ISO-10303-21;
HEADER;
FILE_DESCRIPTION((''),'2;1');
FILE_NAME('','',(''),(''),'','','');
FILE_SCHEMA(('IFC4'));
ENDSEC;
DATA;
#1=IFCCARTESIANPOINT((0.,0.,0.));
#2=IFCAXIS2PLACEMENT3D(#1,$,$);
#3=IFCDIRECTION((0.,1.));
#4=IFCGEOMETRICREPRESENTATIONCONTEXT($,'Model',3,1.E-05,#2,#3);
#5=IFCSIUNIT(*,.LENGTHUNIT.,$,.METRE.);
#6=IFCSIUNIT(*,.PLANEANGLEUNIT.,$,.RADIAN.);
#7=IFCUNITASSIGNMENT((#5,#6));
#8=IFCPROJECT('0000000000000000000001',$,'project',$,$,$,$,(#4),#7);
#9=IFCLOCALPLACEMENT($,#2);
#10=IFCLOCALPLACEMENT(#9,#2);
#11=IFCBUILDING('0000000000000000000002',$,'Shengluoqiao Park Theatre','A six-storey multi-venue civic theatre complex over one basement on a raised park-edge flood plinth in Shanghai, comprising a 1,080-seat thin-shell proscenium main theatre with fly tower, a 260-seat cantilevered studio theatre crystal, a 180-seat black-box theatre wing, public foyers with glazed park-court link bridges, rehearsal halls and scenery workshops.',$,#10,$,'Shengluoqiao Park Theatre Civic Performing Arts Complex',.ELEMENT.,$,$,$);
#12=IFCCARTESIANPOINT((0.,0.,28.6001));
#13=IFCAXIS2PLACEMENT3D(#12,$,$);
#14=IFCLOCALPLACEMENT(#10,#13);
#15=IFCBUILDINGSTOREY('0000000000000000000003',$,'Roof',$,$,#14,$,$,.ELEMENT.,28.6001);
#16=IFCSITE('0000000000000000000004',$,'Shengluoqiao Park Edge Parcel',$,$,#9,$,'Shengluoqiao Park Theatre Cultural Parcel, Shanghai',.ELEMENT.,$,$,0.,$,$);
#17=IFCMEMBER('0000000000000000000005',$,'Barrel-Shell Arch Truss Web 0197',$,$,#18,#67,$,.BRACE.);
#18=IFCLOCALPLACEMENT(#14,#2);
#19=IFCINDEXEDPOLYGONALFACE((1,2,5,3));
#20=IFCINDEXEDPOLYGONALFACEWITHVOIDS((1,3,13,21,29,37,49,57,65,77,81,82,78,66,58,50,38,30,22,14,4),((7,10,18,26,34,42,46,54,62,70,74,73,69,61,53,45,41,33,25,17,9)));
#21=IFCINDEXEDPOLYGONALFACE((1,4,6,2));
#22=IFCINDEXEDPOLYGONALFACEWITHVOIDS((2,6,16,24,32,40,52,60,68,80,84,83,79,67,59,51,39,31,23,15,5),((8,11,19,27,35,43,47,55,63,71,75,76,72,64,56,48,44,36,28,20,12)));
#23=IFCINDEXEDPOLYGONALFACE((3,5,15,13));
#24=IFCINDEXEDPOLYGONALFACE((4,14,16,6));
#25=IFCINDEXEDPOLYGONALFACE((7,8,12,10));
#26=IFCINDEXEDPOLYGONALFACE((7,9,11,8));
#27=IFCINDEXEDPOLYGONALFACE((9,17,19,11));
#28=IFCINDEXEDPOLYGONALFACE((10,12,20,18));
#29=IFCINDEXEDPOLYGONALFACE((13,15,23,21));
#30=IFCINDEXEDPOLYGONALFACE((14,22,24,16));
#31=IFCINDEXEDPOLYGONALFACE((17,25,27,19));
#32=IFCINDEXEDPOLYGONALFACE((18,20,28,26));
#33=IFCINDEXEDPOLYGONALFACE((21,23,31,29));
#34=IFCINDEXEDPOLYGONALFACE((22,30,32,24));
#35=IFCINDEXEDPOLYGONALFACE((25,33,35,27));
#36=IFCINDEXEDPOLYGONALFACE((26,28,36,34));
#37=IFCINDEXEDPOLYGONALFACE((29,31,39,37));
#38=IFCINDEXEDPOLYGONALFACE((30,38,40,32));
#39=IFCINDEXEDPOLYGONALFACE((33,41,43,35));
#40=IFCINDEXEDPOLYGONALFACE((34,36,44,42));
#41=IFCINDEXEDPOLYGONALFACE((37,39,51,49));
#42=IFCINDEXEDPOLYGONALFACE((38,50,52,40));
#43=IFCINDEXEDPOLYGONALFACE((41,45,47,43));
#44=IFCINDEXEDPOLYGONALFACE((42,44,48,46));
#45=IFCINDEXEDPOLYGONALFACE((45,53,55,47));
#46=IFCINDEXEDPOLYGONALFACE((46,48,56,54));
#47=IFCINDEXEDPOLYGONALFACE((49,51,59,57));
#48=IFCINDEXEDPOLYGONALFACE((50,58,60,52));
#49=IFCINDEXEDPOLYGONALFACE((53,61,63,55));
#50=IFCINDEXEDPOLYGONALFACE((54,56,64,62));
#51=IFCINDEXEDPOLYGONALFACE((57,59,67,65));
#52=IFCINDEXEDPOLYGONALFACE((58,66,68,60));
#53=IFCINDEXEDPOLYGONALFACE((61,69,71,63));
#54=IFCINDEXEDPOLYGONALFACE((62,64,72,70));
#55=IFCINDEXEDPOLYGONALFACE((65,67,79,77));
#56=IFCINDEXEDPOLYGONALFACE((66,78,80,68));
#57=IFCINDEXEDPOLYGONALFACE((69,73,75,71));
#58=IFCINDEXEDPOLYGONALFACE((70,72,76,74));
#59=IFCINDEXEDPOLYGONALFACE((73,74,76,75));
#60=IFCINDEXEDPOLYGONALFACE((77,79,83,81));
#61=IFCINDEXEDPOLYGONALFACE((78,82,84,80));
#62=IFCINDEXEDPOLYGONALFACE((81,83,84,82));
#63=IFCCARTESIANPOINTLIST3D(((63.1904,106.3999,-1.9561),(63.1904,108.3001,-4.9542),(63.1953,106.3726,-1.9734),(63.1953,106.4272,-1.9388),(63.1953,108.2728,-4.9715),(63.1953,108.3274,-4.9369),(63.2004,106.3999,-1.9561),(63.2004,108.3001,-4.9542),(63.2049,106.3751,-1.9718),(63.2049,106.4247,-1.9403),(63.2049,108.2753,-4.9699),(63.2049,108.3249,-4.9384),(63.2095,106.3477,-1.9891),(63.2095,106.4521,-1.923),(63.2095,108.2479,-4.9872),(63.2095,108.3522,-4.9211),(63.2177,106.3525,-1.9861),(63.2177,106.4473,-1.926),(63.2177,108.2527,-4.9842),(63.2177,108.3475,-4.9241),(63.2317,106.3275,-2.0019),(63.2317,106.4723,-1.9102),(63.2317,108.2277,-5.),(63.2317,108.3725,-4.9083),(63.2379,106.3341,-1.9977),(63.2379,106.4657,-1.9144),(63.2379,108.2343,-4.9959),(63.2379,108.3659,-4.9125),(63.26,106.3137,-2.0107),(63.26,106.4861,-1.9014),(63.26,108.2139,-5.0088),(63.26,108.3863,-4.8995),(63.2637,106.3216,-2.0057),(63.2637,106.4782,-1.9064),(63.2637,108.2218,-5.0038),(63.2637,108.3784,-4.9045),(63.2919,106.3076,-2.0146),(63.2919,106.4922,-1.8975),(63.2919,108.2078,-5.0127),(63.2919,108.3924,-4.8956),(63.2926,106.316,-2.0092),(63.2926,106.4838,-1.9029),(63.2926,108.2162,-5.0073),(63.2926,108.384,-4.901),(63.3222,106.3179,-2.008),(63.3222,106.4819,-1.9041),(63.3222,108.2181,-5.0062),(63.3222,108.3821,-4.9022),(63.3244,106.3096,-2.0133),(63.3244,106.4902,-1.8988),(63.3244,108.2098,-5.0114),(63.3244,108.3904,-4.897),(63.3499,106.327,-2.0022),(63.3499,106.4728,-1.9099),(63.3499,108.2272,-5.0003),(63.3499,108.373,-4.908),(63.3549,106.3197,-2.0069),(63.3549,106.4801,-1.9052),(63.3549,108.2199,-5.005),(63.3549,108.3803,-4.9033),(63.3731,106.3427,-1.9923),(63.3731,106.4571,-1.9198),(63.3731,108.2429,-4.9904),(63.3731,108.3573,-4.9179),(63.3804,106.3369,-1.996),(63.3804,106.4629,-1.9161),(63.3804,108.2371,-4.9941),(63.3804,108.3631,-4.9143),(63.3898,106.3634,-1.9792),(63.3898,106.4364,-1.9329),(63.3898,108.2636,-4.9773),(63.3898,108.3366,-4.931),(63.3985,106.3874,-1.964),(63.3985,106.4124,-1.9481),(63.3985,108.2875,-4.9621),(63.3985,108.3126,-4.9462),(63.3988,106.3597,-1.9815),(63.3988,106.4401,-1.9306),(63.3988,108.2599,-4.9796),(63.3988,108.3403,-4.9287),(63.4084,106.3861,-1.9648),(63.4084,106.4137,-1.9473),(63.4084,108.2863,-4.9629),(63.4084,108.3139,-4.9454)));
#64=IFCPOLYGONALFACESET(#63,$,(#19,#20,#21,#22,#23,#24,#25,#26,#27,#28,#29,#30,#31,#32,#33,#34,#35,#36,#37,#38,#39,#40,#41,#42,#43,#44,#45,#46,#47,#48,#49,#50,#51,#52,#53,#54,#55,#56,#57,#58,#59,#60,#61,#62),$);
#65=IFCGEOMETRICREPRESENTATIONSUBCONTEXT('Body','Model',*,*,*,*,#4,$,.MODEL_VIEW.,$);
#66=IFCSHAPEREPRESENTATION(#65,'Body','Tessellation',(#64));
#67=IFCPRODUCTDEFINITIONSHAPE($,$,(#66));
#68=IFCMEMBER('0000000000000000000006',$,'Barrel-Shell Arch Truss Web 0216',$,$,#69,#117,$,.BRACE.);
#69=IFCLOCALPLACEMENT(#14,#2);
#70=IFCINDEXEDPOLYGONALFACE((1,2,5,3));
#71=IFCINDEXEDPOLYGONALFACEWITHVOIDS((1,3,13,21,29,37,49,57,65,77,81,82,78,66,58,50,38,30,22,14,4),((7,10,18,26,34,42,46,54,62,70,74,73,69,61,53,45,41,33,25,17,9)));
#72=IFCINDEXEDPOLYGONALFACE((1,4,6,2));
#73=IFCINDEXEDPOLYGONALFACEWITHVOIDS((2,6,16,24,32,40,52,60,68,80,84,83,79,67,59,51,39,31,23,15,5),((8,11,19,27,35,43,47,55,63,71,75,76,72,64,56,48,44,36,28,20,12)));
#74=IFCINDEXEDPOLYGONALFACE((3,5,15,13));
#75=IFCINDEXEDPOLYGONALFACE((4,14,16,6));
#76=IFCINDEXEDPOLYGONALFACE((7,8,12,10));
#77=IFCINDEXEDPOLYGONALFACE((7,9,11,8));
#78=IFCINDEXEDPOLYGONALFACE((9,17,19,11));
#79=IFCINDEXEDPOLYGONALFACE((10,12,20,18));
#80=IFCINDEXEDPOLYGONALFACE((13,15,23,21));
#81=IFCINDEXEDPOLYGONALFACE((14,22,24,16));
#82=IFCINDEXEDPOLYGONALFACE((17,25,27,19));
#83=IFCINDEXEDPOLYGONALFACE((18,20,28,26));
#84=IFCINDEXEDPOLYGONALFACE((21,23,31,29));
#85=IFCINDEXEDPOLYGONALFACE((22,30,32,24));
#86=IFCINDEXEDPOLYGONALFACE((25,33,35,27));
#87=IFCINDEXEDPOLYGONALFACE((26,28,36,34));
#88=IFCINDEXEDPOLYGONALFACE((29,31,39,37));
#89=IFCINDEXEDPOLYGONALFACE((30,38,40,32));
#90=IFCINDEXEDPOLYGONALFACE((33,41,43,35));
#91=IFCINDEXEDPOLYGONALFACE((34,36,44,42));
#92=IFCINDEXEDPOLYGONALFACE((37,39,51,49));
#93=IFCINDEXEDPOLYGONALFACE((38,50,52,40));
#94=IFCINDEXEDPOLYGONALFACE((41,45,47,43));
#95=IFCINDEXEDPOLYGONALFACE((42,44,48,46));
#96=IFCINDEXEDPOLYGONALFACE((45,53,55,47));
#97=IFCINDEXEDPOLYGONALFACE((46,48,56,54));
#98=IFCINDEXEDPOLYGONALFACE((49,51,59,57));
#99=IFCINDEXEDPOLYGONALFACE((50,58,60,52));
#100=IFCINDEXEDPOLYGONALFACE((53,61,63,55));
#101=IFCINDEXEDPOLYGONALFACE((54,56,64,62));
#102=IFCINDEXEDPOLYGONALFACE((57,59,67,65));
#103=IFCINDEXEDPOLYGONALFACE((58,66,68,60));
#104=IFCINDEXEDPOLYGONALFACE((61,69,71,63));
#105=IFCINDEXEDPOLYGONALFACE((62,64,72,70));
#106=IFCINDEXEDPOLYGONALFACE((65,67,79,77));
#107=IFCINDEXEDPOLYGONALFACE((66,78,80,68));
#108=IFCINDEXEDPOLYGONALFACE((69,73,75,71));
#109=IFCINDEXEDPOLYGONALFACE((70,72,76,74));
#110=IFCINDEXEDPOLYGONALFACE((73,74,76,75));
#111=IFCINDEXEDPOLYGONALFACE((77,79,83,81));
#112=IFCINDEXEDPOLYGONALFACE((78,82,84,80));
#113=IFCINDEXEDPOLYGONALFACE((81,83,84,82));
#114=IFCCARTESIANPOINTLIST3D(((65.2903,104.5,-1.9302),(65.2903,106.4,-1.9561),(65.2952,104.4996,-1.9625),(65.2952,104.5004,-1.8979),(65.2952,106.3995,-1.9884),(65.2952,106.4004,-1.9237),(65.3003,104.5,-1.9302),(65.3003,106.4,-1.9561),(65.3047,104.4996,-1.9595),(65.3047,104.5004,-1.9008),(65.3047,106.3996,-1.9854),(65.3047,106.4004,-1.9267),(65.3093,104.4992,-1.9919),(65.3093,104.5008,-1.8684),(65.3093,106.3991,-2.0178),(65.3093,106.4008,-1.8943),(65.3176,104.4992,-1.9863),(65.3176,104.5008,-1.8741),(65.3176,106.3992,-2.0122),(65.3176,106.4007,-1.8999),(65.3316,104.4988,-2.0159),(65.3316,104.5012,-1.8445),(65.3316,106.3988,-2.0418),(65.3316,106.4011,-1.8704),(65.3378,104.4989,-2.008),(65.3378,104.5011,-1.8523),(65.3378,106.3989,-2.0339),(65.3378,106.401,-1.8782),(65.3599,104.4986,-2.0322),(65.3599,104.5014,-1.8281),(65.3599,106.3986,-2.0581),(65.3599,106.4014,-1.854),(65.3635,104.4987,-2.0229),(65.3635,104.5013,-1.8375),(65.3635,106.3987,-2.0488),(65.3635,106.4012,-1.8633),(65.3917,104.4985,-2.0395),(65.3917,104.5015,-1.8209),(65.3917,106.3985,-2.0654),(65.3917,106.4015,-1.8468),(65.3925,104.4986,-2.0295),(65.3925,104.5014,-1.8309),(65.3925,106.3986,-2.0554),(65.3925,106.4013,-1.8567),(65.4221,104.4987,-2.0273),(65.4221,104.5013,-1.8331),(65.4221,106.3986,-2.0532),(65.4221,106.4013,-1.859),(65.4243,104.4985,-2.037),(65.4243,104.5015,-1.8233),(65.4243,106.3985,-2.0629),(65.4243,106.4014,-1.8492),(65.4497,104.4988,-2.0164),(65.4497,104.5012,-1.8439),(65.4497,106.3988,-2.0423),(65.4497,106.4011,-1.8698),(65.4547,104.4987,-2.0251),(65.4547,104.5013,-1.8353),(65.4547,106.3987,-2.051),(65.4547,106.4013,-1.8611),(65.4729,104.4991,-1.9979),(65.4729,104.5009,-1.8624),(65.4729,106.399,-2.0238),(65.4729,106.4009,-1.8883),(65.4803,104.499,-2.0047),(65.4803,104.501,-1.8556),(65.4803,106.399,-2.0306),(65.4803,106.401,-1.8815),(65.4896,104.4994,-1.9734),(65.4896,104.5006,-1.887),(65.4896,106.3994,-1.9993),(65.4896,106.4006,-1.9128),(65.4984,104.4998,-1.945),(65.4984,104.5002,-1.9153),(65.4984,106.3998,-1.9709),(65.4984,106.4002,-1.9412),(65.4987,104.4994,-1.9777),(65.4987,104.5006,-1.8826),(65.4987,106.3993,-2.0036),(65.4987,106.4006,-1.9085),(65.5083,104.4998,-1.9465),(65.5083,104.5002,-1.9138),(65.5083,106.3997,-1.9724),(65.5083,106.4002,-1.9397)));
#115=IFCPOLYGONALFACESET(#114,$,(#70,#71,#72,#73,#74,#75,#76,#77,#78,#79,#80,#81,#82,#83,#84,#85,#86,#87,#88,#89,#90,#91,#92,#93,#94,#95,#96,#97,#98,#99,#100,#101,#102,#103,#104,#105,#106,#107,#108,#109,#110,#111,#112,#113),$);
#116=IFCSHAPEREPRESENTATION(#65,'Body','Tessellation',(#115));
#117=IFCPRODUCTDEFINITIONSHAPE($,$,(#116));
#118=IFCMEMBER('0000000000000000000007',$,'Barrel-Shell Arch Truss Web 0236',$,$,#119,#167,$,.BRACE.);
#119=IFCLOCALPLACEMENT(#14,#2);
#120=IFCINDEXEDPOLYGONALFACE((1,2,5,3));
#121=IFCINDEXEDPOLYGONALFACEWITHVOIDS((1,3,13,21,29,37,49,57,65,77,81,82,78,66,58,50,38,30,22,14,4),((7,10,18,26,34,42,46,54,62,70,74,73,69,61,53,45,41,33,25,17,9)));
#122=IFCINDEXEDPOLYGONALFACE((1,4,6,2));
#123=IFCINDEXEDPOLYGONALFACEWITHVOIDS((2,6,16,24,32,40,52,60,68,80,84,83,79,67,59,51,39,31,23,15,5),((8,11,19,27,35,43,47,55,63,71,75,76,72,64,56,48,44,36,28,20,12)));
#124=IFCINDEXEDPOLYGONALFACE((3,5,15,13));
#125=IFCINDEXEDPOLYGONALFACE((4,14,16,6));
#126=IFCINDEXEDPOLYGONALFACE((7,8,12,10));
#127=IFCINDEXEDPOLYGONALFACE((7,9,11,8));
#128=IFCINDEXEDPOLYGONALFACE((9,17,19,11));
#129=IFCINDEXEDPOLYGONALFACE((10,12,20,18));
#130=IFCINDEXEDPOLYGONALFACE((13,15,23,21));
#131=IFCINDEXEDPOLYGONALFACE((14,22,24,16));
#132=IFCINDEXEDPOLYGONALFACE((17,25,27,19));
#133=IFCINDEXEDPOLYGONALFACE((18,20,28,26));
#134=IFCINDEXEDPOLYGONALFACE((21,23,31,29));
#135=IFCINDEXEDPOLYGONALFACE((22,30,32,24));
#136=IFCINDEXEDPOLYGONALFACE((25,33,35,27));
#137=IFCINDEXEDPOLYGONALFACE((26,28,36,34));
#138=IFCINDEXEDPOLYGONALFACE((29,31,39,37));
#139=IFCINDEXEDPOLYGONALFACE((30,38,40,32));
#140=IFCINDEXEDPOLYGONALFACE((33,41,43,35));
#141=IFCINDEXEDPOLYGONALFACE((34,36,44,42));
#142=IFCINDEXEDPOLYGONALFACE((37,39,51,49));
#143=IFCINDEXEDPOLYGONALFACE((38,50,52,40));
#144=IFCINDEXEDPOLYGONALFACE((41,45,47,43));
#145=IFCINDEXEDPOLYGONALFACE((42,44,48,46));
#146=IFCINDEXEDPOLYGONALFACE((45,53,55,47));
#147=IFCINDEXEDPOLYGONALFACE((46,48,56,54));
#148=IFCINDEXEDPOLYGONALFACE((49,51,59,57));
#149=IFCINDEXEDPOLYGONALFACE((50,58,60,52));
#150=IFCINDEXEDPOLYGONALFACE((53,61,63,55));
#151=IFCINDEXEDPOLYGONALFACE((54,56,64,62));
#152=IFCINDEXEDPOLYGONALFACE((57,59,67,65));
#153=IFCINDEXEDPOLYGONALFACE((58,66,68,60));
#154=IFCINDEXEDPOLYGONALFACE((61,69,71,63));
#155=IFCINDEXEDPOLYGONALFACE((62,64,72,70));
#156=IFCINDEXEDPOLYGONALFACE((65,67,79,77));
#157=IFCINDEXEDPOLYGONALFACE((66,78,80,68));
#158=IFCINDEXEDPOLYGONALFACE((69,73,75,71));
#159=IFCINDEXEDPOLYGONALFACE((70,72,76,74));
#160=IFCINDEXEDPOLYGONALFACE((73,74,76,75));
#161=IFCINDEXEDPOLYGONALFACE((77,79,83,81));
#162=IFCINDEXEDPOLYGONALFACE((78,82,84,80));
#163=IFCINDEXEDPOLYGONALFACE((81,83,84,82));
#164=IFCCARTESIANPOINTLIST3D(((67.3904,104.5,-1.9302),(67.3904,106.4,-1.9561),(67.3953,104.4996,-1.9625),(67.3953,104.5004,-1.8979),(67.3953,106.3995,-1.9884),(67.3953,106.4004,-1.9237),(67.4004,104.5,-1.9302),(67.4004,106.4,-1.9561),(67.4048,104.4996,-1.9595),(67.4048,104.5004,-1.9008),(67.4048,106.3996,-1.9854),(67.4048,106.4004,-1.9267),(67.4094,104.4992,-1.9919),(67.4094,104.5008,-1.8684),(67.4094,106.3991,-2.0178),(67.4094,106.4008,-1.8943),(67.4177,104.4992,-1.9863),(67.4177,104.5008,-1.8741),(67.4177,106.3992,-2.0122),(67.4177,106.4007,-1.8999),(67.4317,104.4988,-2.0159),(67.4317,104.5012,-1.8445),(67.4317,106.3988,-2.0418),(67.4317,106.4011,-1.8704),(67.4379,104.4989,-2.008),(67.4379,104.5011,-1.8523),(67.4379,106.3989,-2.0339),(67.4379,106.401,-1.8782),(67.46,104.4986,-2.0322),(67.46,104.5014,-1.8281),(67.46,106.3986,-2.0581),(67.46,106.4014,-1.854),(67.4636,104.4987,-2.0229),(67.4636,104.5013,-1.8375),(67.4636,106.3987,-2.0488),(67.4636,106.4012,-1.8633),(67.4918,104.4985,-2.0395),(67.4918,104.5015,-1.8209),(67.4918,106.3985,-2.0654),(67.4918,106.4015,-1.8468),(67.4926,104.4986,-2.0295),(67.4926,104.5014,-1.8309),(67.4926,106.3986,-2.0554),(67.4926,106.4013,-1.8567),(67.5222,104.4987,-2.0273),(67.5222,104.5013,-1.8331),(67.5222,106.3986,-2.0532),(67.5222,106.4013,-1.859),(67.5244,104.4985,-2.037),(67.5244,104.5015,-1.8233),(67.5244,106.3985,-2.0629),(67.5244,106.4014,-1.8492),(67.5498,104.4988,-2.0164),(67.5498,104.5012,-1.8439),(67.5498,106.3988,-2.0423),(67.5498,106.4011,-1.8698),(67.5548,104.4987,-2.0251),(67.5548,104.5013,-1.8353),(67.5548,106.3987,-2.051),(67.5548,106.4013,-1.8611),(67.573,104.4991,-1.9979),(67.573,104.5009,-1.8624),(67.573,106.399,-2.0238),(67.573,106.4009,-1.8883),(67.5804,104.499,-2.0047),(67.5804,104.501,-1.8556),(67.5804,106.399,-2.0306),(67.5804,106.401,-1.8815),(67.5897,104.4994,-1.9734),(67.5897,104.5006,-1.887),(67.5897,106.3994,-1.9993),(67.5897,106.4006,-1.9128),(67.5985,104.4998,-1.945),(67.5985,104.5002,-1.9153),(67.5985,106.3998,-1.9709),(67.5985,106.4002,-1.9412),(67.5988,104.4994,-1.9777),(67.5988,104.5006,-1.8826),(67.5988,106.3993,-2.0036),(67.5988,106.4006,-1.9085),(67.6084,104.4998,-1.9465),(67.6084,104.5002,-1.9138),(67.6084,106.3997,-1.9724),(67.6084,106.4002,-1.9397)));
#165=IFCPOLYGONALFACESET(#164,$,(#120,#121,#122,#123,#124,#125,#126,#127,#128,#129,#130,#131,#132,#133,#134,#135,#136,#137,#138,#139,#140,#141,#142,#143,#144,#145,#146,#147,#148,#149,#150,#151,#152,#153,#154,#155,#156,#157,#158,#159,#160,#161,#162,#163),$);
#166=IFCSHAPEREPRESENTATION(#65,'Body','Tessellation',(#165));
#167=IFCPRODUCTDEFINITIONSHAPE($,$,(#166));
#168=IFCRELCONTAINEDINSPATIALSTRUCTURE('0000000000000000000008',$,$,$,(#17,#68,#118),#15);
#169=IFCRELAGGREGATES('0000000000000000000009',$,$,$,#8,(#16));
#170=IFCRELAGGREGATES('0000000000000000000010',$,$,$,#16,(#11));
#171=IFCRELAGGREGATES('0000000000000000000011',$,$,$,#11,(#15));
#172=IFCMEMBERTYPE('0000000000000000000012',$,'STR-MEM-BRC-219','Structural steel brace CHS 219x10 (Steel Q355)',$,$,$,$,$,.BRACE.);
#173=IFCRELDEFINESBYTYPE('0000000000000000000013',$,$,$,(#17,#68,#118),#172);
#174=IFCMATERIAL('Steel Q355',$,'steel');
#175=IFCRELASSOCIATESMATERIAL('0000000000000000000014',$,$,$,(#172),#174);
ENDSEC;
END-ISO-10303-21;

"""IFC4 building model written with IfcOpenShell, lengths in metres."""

from ifc_helpers import new_model, si_unit, direction, frame, origin, origin_2d, place, context, subcontext, project, spatial, hollow_circle, extrude, material, material_profile, profile_set, type_object, element, save


model = new_model("IFC4")

# Units and contexts
model_context = context("Model", 3, precision=1e-05, world=origin(), true_north=direction((0.0, 1.0)))
body_context = subcontext(model_context, "Body", "Model", "MODEL_VIEW")
ifc_project = project(units=[si_unit("LENGTHUNIT", "METRE"), si_unit("PLANEANGLEUNIT", "RADIAN")], contexts=[model_context])

# Site, building, storey
site_placement = place(None, origin())
site = spatial("IfcSite", under=ifc_project, at=site_placement, Name="Shengluoqiao Park Edge Parcel", LongName="Shengluoqiao Park Theatre Cultural Parcel, Shanghai", CompositionType="ELEMENT", RefElevation=0.0)
building_placement = place(site_placement, origin())
building = spatial("IfcBuilding", under=site, at=building_placement, Name="Shengluoqiao Park Theatre", Description="A six-storey multi-venue civic theatre complex over one basement on a raised park-edge flood plinth in Shanghai, comprising a 1,080-seat thin-shell proscenium main theatre with fly tower, a 260-seat cantilevered studio theatre crystal, a 180-seat black-box theatre wing, public foyers with glazed park-court link bridges, rehearsal halls and scenery workshops.", LongName="Shengluoqiao Park Theatre Civic Performing Arts Complex", CompositionType="ELEMENT")
storey_placement = place(building_placement, frame((0.0, 0.0, 28.6001)))
storey = spatial("IfcBuildingStorey", under=building, at=storey_placement, Name="Roof", CompositionType="ELEMENT", Elevation=28.6001)

# Shared definitions
ifc_material_1 = material(Name="Steel Q355", Category="steel")

# Members
ifc_material_profile_1 = material_profile(ifc_material_1, hollow_circle(Radius=0.1096, WallThickness=0.01, at=origin_2d()), Name="CHS 219x10")
ifc_profile_set_1 = profile_set([ifc_material_profile_1], Name="Steel Q355")
member_type_1 = type_object("IfcMemberType", Name="STR-MEM-BRC-219", Description="Structural steel brace CHS 219x10 (Steel Q355)", PredefinedType="BRACE", material=ifc_profile_set_1)
member_1_placement = place(storey_placement, frame((63.3, 106.3999, -1.9561), z_axis=(0.0, 0.53533, -0.844643), x_axis=(-1.0, 0.0, 0.0)))
element("IfcMember", 1, at=member_1_placement, inside=storey, type_object=member_type_1, Name="Barrel-Shell Arch Truss Web 0197", PredefinedType="BRACE", context=body_context, shape_type="SweptSolid", body=[
    extrude(hollow_circle(Radius=0.1096, WallThickness=0.01, at=origin_2d()), origin(), (0.0, 0.0, 1.0), 3.5496),
])
for number, where, z_axis, x_axis, name in (
    (2, (65.3999, 104.5, -1.9302), (0.0, 0.999907, -0.01362), (-1.0, 0.0, 0.0), "Barrel-Shell Arch Truss Web 0216"),
    (3, (67.5, 104.5, -1.9302), (0.0, 0.999907, -0.01362), (-1.0, 0.0, 0.0), "Barrel-Shell Arch Truss Web 0236"),
):
    element("IfcMember", number, at=place(storey_placement, frame(where, z_axis=z_axis, x_axis=x_axis)), inside=storey, type_object=member_type_1, Name=name, PredefinedType="BRACE", context=body_context, shape_type="SweptSolid", body=[
        extrude(hollow_circle(Radius=0.1096, WallThickness=0.01, at=origin_2d()), origin(), (0.0, 0.0, 1.0), 1.9001),
    ])

save(model, "model.ifc")
